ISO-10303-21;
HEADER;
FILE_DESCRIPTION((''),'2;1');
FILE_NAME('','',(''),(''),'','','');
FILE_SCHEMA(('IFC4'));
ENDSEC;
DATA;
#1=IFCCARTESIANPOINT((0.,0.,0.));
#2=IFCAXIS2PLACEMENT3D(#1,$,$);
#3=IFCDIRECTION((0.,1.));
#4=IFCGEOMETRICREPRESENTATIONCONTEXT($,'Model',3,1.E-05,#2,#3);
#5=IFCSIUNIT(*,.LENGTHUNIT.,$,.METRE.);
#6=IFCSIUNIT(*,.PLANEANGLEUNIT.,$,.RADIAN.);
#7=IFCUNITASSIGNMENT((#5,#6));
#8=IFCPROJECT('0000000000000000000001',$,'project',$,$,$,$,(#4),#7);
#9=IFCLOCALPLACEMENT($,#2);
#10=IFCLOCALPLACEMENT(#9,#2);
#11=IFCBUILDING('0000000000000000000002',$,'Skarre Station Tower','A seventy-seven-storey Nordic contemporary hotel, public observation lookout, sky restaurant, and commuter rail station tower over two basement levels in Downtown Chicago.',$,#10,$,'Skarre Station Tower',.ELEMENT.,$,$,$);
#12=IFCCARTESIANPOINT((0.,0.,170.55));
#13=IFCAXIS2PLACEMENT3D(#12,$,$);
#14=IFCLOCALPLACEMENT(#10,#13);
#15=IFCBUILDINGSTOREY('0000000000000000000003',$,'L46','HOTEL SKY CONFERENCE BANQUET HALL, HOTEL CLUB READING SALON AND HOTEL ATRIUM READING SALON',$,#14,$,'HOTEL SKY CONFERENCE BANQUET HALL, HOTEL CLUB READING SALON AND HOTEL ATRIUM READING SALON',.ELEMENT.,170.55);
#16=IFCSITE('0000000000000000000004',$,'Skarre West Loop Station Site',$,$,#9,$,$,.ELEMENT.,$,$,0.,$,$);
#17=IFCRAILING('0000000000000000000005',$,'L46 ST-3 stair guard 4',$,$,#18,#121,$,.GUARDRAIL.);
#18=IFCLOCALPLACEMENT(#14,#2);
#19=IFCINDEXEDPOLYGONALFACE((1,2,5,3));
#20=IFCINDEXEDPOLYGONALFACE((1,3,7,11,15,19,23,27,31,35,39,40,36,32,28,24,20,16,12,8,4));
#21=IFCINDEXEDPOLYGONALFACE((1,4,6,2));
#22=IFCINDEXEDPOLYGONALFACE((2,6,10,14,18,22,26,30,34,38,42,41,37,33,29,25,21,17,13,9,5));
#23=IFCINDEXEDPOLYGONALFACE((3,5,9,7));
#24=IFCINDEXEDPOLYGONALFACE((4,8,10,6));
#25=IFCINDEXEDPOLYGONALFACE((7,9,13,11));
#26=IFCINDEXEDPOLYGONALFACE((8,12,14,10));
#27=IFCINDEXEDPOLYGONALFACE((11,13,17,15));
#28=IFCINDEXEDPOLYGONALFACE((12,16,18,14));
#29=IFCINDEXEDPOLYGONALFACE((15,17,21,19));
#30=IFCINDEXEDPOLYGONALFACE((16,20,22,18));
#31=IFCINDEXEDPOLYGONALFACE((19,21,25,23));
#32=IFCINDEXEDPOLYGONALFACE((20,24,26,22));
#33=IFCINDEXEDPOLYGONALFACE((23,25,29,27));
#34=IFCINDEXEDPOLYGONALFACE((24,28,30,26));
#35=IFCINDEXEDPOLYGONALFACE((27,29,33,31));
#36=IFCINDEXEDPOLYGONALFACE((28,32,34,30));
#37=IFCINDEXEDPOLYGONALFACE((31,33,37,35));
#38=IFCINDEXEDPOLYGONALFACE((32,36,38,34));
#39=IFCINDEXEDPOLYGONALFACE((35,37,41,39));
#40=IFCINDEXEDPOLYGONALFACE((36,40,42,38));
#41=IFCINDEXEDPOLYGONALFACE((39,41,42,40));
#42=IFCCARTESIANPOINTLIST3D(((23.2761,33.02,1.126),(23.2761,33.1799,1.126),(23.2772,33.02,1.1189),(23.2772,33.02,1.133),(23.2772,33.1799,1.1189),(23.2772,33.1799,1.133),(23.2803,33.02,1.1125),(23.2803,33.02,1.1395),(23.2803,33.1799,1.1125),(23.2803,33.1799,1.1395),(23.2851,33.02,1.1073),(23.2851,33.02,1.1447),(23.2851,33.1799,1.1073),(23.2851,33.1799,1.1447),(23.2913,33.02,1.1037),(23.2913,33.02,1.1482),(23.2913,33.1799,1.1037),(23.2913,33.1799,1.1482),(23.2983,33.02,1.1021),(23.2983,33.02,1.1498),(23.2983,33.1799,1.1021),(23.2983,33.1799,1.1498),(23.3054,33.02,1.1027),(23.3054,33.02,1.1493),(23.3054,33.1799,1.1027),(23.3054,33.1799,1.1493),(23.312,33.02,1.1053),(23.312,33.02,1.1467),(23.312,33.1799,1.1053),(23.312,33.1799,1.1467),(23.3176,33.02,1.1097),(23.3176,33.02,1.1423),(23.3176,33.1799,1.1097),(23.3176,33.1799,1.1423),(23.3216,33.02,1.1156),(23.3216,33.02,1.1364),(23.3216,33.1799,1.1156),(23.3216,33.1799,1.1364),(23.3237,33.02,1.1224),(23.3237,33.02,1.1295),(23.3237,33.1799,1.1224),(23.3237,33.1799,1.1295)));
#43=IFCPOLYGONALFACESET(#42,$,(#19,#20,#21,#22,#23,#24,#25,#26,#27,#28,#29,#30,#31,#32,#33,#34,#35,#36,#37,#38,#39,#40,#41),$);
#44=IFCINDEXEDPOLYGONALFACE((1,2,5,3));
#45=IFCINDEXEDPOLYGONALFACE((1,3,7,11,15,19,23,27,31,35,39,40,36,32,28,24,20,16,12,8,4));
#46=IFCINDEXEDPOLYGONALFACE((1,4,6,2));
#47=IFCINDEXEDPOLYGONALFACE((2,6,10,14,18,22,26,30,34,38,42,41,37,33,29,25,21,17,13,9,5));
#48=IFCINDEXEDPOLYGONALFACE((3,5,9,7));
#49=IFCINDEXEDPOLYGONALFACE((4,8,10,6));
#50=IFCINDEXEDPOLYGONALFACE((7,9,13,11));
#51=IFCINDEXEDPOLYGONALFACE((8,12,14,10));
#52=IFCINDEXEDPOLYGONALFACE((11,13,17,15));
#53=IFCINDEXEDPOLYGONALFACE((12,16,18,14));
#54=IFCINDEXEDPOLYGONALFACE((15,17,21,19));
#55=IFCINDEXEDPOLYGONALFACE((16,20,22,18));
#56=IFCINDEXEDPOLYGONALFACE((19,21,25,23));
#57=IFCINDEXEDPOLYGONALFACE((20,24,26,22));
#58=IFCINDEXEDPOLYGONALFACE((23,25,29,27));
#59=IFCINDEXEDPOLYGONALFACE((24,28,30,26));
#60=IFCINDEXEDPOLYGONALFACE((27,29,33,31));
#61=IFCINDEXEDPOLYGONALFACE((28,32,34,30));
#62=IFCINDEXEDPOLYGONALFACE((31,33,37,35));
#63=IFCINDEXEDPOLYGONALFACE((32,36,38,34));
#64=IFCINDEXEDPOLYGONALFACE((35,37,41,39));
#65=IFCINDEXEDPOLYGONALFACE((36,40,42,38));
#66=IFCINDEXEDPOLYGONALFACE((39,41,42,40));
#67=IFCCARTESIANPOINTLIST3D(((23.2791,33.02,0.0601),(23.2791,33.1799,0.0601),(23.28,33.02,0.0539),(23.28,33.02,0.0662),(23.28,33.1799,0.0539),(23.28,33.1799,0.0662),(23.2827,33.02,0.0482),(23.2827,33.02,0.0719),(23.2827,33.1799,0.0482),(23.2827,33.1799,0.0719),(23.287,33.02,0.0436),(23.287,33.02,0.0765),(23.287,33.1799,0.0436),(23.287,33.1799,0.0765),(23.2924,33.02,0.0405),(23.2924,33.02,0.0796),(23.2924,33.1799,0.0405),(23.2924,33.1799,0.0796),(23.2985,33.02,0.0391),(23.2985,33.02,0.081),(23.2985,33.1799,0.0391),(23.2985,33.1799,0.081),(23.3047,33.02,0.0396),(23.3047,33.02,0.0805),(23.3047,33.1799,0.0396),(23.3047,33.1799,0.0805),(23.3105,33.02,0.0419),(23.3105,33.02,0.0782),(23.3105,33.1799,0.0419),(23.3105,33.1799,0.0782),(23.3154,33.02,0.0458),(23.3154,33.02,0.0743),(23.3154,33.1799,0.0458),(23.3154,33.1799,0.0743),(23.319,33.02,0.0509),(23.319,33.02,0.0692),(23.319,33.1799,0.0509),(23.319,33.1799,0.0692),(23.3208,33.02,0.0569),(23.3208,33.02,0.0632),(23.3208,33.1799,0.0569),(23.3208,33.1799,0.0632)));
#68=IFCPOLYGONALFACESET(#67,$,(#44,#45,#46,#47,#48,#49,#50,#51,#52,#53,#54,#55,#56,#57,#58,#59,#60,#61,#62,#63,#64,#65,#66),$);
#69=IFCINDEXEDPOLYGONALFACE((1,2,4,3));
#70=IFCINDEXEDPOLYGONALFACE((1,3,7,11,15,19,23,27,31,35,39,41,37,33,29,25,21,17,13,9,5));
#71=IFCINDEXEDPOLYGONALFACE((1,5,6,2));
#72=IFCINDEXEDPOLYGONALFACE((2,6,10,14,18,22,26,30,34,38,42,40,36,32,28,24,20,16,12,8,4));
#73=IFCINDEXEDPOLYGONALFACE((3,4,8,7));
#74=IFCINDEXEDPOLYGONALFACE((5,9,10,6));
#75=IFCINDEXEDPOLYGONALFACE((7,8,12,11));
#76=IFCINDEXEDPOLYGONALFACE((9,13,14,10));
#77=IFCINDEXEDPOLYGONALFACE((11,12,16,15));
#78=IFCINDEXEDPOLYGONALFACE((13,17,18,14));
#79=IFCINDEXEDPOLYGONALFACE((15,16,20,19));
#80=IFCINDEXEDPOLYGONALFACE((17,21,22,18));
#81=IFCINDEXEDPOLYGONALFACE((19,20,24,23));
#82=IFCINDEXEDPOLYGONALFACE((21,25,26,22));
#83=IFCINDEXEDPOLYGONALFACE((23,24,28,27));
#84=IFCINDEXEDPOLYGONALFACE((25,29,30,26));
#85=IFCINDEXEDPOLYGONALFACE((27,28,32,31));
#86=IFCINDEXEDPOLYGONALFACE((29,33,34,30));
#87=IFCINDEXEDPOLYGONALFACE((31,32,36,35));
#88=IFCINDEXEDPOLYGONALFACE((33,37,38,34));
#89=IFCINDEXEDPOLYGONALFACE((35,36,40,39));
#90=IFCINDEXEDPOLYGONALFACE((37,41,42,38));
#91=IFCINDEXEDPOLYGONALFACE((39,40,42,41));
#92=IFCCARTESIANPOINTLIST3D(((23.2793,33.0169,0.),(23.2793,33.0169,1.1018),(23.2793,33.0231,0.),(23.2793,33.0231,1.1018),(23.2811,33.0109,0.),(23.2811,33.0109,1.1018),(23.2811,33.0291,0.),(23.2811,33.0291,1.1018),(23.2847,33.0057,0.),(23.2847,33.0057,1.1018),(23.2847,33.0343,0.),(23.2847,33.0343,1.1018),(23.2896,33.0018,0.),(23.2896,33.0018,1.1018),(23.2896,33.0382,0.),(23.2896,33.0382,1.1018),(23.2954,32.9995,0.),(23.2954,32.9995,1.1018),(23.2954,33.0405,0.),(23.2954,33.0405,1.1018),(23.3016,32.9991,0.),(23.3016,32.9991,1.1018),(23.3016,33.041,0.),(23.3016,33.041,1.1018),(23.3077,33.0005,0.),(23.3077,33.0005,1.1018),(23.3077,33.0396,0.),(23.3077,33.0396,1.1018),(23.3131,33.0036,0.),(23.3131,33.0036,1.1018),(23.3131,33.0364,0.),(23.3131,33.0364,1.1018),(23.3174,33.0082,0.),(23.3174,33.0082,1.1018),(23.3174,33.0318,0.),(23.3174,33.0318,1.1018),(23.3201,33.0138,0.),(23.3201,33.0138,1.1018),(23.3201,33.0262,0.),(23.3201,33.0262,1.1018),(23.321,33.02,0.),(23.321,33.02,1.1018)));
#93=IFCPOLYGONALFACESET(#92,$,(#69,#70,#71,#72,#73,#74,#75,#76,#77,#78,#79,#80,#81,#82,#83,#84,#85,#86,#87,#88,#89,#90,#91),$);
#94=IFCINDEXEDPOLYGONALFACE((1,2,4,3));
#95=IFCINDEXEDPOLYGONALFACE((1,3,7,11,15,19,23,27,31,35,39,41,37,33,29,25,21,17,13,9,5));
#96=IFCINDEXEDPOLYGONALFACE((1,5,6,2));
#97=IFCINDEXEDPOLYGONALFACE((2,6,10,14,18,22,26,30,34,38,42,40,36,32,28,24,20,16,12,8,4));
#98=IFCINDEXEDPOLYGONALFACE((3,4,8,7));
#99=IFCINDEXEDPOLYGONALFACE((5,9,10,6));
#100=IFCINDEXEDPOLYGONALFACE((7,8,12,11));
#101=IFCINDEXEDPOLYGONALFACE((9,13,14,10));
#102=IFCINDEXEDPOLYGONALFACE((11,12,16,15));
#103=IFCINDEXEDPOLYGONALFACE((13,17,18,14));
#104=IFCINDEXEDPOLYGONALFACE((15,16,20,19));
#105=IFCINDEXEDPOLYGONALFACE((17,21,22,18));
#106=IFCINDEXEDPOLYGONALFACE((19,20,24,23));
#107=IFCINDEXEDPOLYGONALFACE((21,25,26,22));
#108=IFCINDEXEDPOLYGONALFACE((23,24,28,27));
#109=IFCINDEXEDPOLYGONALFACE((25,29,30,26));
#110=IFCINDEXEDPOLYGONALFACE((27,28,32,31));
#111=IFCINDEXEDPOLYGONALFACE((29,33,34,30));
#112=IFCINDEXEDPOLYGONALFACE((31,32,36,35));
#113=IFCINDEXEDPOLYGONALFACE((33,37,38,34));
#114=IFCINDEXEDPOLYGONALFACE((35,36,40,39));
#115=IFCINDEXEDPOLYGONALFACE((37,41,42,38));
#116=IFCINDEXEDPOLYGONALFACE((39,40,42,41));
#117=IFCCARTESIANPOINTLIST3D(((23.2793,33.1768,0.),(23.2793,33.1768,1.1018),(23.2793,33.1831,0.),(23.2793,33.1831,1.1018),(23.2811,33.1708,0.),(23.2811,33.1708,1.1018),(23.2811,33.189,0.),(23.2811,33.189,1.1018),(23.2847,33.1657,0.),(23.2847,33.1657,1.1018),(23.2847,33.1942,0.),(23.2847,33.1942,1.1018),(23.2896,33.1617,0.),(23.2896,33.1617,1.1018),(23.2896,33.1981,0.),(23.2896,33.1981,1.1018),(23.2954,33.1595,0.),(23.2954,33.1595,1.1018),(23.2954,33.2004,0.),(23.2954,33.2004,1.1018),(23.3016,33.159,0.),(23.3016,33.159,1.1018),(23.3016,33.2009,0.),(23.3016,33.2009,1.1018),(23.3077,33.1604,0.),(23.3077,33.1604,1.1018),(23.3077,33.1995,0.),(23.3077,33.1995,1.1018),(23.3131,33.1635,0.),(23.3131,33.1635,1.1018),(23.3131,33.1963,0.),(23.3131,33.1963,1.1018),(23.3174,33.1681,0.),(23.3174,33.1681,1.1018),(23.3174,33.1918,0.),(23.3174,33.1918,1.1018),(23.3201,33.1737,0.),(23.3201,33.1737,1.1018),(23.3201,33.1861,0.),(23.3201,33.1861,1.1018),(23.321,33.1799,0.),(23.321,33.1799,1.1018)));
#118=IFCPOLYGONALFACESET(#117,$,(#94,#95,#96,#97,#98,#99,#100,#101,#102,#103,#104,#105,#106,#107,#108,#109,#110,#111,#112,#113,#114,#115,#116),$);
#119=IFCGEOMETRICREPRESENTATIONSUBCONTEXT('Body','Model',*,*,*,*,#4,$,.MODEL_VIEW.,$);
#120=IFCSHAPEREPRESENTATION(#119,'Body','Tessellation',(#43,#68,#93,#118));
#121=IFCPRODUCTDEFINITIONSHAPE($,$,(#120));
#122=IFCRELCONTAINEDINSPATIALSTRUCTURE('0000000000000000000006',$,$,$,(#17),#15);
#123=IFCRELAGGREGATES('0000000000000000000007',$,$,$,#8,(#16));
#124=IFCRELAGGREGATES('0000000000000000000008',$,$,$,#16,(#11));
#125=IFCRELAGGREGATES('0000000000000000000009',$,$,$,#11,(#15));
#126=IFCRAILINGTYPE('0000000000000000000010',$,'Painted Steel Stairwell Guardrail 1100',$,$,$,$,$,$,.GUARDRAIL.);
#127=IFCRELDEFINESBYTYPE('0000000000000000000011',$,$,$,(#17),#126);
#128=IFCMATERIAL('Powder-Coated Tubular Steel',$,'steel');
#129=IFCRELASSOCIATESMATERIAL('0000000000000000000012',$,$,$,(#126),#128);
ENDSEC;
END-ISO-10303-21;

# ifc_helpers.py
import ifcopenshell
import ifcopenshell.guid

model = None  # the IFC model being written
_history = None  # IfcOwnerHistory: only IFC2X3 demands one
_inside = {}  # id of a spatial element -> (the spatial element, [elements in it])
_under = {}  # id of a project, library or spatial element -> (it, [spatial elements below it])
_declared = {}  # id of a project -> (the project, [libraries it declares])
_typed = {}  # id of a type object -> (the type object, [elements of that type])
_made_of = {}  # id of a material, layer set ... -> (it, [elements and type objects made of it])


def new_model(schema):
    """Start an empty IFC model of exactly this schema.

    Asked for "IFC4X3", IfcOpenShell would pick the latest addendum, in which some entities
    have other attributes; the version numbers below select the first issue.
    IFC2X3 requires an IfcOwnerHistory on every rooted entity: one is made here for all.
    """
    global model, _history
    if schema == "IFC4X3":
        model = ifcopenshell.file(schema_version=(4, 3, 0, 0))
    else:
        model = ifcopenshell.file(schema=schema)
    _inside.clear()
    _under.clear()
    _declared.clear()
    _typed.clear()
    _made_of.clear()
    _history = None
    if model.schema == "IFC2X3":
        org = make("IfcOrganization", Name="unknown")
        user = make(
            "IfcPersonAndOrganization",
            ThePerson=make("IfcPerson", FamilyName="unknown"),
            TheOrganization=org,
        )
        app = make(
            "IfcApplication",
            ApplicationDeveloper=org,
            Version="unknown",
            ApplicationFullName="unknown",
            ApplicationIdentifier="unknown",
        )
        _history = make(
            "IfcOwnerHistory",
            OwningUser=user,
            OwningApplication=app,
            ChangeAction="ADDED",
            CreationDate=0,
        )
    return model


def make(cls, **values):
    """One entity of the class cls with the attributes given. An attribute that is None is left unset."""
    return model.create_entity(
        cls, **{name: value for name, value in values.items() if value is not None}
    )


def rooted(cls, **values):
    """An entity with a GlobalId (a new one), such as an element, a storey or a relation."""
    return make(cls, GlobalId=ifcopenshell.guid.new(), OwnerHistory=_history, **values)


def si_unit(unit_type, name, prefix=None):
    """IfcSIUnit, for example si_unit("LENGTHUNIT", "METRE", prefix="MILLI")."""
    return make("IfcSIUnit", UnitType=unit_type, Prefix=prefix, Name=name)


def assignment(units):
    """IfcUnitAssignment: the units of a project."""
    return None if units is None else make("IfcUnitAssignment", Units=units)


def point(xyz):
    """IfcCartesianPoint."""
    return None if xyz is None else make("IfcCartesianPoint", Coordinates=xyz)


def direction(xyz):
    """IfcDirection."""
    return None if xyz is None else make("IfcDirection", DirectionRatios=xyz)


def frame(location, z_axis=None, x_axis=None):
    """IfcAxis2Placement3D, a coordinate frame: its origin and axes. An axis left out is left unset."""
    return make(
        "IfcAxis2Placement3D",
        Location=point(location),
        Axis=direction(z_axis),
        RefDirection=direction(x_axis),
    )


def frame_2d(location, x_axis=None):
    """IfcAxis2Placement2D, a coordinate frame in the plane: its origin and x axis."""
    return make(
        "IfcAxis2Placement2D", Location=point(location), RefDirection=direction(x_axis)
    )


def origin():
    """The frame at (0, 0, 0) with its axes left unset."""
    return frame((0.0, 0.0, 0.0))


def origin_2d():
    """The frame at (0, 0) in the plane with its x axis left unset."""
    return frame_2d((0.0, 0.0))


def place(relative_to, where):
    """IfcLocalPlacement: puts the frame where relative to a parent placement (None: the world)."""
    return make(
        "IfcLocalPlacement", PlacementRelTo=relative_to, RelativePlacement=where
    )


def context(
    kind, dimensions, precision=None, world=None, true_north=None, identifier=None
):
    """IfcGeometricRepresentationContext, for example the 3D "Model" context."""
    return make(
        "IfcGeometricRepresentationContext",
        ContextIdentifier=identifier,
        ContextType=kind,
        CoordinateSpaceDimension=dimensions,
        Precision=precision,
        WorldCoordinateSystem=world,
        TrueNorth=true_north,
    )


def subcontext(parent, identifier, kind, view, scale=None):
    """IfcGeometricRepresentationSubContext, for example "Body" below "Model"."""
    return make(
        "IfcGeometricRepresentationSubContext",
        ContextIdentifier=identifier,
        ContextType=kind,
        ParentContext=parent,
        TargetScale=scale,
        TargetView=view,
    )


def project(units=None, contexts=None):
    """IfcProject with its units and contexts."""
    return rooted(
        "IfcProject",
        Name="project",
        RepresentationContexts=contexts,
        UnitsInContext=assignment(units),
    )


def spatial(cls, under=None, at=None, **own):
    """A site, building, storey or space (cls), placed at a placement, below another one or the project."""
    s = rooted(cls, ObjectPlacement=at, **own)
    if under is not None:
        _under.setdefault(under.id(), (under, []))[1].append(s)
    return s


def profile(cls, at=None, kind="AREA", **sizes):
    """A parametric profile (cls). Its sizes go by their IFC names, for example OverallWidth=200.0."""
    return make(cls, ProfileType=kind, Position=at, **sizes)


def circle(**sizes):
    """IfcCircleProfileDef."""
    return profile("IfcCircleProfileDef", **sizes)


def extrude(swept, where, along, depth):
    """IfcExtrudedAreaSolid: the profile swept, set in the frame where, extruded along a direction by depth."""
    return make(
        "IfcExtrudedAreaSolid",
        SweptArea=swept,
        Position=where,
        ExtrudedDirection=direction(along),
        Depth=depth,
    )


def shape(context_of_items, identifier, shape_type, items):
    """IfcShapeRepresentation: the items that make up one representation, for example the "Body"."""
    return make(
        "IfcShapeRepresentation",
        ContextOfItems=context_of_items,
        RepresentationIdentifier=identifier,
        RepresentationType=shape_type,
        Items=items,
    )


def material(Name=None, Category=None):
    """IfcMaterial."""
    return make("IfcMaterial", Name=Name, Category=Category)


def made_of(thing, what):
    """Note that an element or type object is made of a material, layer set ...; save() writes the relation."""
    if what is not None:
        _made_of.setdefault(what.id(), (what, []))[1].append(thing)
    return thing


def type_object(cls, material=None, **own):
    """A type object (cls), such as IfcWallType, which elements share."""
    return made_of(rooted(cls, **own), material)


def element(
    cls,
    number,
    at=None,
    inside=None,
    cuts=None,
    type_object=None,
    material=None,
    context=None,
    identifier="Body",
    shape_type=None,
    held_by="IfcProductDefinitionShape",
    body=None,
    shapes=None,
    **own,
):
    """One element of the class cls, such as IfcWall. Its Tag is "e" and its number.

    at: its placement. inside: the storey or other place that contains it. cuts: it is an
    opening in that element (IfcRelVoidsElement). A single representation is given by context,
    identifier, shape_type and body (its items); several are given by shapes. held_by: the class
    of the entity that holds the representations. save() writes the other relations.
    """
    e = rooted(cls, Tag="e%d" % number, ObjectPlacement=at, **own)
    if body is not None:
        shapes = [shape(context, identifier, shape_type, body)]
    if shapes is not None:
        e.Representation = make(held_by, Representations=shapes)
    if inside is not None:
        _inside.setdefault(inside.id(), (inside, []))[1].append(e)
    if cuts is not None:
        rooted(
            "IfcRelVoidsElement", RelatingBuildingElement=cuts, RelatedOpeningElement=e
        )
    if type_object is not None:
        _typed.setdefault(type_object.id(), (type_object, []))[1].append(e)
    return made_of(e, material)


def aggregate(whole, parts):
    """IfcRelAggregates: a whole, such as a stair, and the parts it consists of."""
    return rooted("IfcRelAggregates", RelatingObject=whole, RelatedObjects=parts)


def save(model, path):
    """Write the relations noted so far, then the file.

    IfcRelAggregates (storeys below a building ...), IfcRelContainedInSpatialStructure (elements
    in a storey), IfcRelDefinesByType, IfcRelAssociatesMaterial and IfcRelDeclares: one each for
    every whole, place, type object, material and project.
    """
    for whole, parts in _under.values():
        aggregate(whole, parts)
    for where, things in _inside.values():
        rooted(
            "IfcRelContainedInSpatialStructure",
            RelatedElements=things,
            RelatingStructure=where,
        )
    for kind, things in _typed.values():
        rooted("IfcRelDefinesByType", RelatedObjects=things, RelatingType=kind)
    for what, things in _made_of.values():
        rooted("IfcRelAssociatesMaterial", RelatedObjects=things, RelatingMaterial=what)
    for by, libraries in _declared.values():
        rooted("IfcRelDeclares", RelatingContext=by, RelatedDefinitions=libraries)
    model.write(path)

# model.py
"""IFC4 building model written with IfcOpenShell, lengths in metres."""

from ifc_helpers import new_model, si_unit, direction, frame, origin, origin_2d, place, context, subcontext, project, spatial, circle, extrude, material, type_object, element, save


model = new_model("IFC4")

# Units and contexts
model_context = context("Model", 3, precision=1e-05, world=origin(), true_north=direction((0.0, 1.0)))
body_context = subcontext(model_context, "Body", "Model", "MODEL_VIEW")
ifc_project = project(units=[si_unit("LENGTHUNIT", "METRE"), si_unit("PLANEANGLEUNIT", "RADIAN")], contexts=[model_context])

# Site, building, storey
site_placement = place(None, origin())
site = spatial("IfcSite", under=ifc_project, at=site_placement, Name="Skarre West Loop Station Site", CompositionType="ELEMENT", RefElevation=0.0)
building_placement = place(site_placement, origin())
building = spatial("IfcBuilding", under=site, at=building_placement, Name="Skarre Station Tower", Description="A seventy-seven-storey Nordic contemporary hotel, public observation lookout, sky restaurant, and commuter rail station tower over two basement levels in Downtown Chicago.", LongName="Skarre Station Tower", CompositionType="ELEMENT")
storey_placement = place(building_placement, frame((0.0, 0.0, 170.55)))
storey = spatial("IfcBuildingStorey", under=building, at=storey_placement, Name="L46", Description="HOTEL SKY CONFERENCE BANQUET HALL, HOTEL CLUB READING SALON AND HOTEL ATRIUM READING SALON", LongName="HOTEL SKY CONFERENCE BANQUET HALL, HOTEL CLUB READING SALON AND HOTEL ATRIUM READING SALON", CompositionType="ELEMENT", Elevation=170.55)

# Railing
ifc_material_1 = material(Name="Powder-Coated Tubular Steel", Category="steel")
railing_type_1 = type_object("IfcRailingType", Name="Painted Steel Stairwell Guardrail 1100", PredefinedType="GUARDRAIL", material=ifc_material_1)
railing_1_placement = place(storey_placement, frame((23.3, 33.02, 0.0)))
element("IfcRailing", 1, at=railing_1_placement, inside=storey, type_object=railing_type_1, Name="L46 ST-3 stair guard 4", PredefinedType="GUARDRAIL", context=body_context, shape_type="SweptSolid", body=[
    extrude(circle(Radius=0.0239, at=origin_2d()), frame((0.0, 0.0, 1.126), z_axis=(0.0, 1.0, 0.0), x_axis=(-1.0, 0.0, 0.0)), (0.0, 0.0, 1.0), 0.1599),
    extrude(circle(Radius=0.021, at=origin_2d()), frame((0.0, 0.0, 0.0601), z_axis=(0.0, 1.0, 0.0), x_axis=(-1.0, 0.0, 0.0)), (0.0, 0.0, 1.0), 0.1599),
    extrude(circle(Radius=0.021, at=origin_2d()), origin(), (0.0, 0.0, 1.0), 1.1018),
    extrude(circle(Radius=0.021, at=origin_2d()), frame((0.0, 0.1599, 0.0)), (0.0, 0.0, 1.0), 1.1018),
])

save(model, "model.ifc")
